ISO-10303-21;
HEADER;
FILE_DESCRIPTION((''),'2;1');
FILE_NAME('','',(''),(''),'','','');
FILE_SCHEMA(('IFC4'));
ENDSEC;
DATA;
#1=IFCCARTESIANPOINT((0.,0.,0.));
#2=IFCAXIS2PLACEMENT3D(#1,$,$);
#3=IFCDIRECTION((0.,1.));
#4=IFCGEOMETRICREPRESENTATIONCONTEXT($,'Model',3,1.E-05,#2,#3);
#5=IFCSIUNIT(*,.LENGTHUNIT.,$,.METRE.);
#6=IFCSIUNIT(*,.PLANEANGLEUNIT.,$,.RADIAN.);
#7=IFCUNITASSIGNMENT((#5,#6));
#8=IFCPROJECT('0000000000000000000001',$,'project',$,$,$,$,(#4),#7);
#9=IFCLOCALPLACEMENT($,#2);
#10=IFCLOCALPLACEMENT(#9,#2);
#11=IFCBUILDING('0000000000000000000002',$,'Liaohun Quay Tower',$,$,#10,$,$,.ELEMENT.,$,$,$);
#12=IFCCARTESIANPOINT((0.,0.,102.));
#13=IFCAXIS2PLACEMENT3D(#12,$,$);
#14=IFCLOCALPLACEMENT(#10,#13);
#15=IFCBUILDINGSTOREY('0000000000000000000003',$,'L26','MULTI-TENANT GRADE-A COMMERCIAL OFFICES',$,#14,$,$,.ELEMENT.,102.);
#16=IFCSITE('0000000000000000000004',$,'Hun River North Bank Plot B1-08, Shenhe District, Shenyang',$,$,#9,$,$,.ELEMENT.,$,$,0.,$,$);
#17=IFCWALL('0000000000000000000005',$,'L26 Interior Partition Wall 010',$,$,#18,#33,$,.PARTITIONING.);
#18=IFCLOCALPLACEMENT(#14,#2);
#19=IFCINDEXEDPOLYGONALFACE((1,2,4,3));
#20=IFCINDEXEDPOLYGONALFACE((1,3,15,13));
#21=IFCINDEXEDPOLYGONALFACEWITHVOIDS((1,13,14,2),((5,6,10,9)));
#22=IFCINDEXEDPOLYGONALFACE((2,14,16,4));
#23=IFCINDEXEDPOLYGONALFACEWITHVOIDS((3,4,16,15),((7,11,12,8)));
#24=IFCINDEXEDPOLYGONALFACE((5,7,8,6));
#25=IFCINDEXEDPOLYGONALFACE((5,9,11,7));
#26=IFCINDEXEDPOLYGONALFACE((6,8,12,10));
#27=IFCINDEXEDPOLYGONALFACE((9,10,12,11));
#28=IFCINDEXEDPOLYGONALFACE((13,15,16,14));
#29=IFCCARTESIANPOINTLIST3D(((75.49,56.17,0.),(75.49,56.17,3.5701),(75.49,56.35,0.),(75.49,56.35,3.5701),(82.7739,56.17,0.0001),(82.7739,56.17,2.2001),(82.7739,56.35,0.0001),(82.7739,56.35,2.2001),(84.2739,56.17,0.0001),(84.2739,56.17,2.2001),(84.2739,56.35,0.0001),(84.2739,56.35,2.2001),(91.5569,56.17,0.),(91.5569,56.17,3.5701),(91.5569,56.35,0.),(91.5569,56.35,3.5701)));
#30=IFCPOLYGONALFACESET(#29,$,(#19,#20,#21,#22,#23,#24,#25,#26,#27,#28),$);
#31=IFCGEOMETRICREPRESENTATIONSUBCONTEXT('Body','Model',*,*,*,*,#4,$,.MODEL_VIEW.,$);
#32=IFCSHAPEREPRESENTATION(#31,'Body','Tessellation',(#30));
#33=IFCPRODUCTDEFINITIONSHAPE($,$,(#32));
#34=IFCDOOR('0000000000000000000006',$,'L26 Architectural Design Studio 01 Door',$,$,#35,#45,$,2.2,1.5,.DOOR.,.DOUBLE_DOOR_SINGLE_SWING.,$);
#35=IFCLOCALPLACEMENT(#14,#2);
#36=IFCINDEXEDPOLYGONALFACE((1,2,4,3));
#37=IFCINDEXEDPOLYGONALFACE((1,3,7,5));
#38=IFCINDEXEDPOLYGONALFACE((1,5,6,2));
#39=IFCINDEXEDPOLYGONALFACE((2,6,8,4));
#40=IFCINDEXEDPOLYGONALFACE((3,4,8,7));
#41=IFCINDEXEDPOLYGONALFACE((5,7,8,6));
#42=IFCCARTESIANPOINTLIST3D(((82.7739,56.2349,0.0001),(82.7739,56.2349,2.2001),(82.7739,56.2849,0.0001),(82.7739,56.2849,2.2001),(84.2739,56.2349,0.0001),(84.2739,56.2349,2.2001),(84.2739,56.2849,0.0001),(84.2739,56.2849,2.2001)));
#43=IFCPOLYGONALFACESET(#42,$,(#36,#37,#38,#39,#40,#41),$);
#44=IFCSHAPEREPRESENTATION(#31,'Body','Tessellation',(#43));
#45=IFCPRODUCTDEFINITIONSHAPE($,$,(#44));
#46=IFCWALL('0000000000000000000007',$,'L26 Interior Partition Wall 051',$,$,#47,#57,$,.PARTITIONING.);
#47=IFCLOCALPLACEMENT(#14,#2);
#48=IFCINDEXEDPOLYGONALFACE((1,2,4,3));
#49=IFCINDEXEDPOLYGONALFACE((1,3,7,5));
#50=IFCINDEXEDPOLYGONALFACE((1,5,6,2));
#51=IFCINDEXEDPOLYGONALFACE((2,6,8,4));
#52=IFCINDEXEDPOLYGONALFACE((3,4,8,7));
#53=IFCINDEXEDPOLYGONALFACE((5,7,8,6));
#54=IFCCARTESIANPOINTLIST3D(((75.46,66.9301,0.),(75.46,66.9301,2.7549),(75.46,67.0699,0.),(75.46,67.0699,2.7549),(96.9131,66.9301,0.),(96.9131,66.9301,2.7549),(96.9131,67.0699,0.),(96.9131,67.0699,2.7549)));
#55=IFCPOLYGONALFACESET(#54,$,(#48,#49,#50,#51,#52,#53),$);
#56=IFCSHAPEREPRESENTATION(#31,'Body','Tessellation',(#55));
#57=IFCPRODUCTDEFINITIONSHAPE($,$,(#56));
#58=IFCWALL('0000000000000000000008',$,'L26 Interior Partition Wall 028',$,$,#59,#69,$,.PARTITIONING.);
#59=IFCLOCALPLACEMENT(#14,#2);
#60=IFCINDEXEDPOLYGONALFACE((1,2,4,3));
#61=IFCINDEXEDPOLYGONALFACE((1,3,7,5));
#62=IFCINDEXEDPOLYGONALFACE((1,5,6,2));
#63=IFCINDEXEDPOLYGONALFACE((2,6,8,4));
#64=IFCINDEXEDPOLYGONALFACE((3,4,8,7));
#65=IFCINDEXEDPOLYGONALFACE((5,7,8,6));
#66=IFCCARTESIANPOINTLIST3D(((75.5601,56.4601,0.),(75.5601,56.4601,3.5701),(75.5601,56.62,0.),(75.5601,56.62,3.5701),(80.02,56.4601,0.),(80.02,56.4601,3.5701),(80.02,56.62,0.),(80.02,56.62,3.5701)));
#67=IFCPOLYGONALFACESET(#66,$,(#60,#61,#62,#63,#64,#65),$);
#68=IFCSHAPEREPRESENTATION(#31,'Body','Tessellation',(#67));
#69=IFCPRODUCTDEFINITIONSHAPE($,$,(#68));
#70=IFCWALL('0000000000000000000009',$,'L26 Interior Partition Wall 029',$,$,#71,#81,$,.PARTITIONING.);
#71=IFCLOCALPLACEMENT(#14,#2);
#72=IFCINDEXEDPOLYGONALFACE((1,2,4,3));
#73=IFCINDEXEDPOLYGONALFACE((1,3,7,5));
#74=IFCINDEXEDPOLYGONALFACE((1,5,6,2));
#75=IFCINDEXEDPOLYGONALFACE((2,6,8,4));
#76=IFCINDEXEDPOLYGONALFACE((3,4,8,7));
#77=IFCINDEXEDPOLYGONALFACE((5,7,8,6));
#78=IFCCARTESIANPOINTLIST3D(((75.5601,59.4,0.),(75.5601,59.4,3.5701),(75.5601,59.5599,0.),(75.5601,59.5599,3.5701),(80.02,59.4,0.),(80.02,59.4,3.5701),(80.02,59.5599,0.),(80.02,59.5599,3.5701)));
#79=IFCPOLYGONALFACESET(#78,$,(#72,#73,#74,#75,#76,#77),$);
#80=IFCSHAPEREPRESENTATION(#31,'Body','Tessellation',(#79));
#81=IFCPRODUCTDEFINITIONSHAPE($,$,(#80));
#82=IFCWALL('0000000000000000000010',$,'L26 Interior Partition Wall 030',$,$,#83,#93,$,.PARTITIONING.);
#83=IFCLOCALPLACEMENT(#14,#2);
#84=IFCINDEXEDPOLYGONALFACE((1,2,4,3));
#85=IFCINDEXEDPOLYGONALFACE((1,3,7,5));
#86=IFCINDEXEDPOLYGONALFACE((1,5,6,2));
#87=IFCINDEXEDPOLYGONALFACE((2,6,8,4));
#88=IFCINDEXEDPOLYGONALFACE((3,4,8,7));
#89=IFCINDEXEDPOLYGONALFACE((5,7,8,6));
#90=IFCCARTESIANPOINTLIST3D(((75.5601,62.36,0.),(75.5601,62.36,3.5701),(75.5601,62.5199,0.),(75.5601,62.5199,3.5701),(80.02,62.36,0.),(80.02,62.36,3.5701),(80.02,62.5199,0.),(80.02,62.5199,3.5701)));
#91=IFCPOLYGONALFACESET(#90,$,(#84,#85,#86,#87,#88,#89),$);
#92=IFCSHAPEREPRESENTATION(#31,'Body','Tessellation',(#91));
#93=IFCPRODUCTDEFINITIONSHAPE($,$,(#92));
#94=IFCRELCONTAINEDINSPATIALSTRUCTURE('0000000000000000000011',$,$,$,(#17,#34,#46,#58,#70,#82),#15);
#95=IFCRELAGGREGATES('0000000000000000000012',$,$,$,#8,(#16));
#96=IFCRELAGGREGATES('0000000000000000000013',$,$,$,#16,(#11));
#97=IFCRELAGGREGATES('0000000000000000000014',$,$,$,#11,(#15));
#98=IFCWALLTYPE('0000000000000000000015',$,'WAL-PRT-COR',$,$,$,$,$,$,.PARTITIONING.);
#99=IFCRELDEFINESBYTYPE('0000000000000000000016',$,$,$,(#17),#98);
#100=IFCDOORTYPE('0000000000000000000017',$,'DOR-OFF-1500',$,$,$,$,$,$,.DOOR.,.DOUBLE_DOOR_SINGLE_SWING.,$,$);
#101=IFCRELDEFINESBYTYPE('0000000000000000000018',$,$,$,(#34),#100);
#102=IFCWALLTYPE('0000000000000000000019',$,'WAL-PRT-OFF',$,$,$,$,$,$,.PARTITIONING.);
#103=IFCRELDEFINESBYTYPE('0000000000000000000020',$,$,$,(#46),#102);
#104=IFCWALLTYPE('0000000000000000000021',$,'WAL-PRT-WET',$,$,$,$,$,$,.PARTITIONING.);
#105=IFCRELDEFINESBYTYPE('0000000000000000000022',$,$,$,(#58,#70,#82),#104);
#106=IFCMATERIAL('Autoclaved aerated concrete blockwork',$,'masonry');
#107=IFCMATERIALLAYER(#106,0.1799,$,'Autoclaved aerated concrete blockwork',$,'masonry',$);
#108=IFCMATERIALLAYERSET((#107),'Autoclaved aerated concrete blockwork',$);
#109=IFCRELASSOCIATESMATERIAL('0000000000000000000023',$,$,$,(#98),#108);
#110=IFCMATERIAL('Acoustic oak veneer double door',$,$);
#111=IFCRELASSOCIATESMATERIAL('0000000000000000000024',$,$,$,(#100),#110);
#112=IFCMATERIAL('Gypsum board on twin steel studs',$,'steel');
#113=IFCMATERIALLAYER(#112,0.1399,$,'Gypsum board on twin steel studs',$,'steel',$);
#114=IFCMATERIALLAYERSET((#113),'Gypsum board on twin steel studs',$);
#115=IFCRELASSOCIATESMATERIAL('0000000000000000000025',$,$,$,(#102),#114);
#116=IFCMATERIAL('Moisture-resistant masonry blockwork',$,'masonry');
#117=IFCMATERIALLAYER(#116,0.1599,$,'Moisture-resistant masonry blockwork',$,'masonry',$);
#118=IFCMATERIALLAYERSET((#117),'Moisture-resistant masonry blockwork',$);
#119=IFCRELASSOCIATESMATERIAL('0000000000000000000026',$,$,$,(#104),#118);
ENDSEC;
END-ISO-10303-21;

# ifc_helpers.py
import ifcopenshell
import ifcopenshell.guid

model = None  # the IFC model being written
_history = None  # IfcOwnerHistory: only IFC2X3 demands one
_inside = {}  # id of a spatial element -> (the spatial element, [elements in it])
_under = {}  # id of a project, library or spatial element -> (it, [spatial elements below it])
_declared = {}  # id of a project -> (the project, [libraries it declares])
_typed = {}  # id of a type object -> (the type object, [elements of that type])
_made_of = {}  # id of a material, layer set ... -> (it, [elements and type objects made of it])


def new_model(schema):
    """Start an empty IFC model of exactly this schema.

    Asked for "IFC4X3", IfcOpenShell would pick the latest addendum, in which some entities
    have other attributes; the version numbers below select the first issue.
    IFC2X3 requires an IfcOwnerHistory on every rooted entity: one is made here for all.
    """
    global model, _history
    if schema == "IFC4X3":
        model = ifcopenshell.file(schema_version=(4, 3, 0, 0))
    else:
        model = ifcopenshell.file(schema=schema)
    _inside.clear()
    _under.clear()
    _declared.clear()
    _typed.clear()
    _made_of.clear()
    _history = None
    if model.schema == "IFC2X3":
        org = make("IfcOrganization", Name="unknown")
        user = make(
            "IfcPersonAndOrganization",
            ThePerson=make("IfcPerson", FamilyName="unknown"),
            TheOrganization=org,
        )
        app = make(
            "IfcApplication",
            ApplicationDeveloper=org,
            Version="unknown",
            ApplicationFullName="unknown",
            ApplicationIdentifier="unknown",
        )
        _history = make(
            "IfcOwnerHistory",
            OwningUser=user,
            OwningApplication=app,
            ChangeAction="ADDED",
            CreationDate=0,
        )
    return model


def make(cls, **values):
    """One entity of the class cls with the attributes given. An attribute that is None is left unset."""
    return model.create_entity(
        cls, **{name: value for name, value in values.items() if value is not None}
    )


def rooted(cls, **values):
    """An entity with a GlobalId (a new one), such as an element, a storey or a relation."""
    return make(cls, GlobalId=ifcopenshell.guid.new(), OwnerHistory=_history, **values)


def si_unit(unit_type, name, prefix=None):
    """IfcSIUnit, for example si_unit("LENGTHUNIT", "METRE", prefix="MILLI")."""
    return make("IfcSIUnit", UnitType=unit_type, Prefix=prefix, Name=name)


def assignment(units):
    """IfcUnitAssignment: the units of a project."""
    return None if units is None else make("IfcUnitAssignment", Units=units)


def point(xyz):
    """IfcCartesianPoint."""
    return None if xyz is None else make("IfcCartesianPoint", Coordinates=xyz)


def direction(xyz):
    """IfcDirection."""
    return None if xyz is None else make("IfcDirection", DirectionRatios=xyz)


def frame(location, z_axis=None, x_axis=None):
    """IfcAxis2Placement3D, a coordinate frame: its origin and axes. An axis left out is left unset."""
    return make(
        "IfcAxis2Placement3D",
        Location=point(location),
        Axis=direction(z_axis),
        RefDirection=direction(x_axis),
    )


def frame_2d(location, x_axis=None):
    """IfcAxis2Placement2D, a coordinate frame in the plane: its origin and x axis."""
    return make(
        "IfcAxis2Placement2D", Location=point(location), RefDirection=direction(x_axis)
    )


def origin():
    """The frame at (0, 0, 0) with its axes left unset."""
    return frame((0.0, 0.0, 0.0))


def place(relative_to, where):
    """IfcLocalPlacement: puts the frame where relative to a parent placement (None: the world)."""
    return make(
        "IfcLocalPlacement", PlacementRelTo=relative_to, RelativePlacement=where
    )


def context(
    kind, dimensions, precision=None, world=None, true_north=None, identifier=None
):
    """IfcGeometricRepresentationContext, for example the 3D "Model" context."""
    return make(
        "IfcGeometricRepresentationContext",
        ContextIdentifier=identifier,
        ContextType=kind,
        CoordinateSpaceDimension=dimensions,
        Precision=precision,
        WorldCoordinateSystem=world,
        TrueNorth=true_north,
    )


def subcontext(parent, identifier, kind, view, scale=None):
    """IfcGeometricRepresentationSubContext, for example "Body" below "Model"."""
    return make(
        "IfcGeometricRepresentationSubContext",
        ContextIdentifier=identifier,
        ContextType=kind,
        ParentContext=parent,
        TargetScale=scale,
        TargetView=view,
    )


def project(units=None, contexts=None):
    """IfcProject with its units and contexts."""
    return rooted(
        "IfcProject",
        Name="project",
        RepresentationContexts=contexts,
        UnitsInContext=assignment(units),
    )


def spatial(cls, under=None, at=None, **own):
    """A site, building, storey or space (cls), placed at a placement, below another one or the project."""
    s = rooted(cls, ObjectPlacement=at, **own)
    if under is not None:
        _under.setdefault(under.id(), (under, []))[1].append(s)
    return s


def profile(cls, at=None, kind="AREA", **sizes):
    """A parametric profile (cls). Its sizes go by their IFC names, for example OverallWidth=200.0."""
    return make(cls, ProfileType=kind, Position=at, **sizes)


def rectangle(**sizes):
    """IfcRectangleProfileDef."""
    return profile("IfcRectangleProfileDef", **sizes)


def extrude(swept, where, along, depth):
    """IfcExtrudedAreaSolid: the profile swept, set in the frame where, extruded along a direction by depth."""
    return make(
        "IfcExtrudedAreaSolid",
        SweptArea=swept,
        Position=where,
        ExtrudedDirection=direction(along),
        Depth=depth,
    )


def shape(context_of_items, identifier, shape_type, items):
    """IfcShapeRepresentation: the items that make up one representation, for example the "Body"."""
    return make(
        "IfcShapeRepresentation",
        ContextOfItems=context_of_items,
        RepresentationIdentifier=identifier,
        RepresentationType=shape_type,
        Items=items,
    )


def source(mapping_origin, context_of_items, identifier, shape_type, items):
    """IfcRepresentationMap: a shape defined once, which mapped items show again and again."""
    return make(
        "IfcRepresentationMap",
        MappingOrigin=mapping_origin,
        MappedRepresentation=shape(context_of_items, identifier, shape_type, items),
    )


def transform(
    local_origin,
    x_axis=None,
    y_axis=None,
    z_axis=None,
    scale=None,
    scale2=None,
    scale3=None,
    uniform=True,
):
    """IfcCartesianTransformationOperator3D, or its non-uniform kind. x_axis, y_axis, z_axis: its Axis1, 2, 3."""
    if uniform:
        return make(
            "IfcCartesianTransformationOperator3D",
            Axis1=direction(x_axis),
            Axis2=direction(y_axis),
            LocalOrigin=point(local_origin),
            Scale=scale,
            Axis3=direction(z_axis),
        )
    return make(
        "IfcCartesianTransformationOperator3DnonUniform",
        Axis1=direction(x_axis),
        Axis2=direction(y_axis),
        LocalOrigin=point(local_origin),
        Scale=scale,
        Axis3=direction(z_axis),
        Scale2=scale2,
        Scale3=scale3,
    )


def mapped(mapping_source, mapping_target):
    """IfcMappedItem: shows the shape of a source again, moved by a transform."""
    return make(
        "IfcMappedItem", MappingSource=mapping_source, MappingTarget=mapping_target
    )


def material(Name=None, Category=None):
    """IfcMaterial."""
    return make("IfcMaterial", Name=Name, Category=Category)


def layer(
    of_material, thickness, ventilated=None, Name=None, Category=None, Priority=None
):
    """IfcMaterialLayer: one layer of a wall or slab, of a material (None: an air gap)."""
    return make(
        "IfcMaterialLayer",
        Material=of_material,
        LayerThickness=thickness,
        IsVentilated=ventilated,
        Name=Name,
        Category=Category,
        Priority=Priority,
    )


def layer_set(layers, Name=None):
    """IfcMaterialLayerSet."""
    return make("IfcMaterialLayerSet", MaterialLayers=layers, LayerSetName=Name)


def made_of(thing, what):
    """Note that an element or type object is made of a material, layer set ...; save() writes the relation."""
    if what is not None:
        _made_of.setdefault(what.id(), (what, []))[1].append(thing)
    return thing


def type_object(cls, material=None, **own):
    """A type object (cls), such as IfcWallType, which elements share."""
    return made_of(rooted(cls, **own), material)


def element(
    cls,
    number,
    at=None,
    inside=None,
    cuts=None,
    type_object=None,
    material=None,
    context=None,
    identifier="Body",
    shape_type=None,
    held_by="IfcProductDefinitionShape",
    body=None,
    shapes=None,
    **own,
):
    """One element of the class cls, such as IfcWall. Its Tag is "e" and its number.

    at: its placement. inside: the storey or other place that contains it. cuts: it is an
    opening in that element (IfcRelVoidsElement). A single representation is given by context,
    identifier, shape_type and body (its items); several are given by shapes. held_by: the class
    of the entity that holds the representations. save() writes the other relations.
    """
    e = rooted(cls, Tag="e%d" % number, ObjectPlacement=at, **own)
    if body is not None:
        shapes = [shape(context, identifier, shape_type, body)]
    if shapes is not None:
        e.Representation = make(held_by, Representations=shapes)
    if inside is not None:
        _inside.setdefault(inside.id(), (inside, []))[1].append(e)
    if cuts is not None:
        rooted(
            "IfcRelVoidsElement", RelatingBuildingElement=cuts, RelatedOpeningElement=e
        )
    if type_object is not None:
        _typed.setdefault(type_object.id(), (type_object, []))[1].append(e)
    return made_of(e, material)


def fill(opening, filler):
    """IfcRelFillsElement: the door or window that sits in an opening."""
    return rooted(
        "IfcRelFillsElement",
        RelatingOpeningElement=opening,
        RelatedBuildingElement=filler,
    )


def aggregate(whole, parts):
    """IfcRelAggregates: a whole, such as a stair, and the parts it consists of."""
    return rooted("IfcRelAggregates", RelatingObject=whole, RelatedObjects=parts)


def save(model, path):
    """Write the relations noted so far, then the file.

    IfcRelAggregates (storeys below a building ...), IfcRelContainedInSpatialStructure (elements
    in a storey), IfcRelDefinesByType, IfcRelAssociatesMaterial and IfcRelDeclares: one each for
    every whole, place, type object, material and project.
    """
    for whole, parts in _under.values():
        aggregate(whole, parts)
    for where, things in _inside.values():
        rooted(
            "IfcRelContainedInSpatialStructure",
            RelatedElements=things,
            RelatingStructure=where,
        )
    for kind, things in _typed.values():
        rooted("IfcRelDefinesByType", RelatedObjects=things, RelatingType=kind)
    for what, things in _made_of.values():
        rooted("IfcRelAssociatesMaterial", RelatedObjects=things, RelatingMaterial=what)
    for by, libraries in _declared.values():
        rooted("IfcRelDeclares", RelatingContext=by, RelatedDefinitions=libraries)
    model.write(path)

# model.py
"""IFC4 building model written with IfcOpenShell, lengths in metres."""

from ifc_helpers import new_model, si_unit, direction, frame, frame_2d, origin, place, context, subcontext, project, spatial, rectangle, extrude, source, transform, mapped, material, layer, layer_set, type_object, element, fill, save


model = new_model("IFC4")

# Units and contexts
model_context = context("Model", 3, precision=1e-05, world=origin(), true_north=direction((0.0, 1.0)))
body_context = subcontext(model_context, "Body", "Model", "MODEL_VIEW")
ifc_project = project(units=[si_unit("LENGTHUNIT", "METRE"), si_unit("PLANEANGLEUNIT", "RADIAN")], contexts=[model_context])

# Site, building, storey
site_placement = place(None, origin())
site = spatial("IfcSite", under=ifc_project, at=site_placement, Name="Hun River North Bank Plot B1-08, Shenhe District, Shenyang", CompositionType="ELEMENT", RefElevation=0.0)
building_placement = place(site_placement, origin())
building = spatial("IfcBuilding", under=site, at=building_placement, Name="Liaohun Quay Tower", CompositionType="ELEMENT")
storey_placement = place(building_placement, frame((0.0, 0.0, 102.0)))
storey = spatial("IfcBuildingStorey", under=building, at=storey_placement, Name="L26", Description="MULTI-TENANT GRADE-A COMMERCIAL OFFICES", CompositionType="ELEMENT", Elevation=102.0)

# Wall, opening, door
ifc_material_1 = material(Name="Autoclaved aerated concrete blockwork", Category="masonry")
ifc_layer_1 = layer(ifc_material_1, 0.1799, Name="Autoclaved aerated concrete blockwork", Category="masonry")
ifc_layer_set_1 = layer_set([ifc_layer_1], Name="Autoclaved aerated concrete blockwork")
wall_type_1 = type_object("IfcWallType", Name="WAL-PRT-COR", PredefinedType="PARTITIONING", material=ifc_layer_set_1)
wall_1_placement = place(storey_placement, frame((75.49, 56.26, 0.0), z_axis=(0.0, 0.0, 1.0), x_axis=(1.0, 0.0, 0.0)))
wall_1 = element("IfcWall", 1, at=wall_1_placement, inside=storey, type_object=wall_type_1, Name="L26 Interior Partition Wall 010", PredefinedType="PARTITIONING", context=body_context, shape_type="SweptSolid", body=[
    extrude(rectangle(XDim=16.0669, YDim=0.1799, at=frame_2d((8.0334, 0.0))), origin(), (0.0, 0.0, 1.0), 3.5701),
])
shared_shape_1 = source(origin(), body_context, "Body", "SweptSolid", [
    extrude(rectangle(XDim=1.5, YDim=2.2, at=frame_2d((0.75, 1.1001))), frame((0.0, 0.0999, 0.0), z_axis=(0.0, -1.0, 0.0), x_axis=(1.0, 0.0, 0.0)), (0.0, 0.0, 1.0), 0.2),
])
opening_1_placement = place(wall_1_placement, frame((7.2839, 0.0, 0.0)))
opening_1 = element("IfcOpeningElement", 2, at=opening_1_placement, cuts=wall_1, PredefinedType="OPENING", context=body_context, shape_type="MappedRepresentation", body=[
    mapped(shared_shape_1, transform((0.0, 0.0, 0.0), x_axis=(1.0, 0.0, 0.0), y_axis=(0.0, 1.0, 0.0), z_axis=(0.0, 0.0, 1.0), scale=1.0)),
])
ifc_material_2 = material(Name="Acoustic oak veneer double door")
door_type_1 = type_object("IfcDoorType", Name="DOR-OFF-1500", OperationType="DOUBLE_DOOR_SINGLE_SWING", PredefinedType="DOOR", material=ifc_material_2)
shared_shape_2 = source(origin(), body_context, "Body", "SweptSolid", [
    extrude(rectangle(XDim=1.5, YDim=2.2, at=frame_2d((0.75, 1.1001))), frame((0.0, 0.0249, 0.0), z_axis=(0.0, -1.0, 0.0), x_axis=(1.0, 0.0, 0.0)), (0.0, 0.0, 1.0), 0.05),
])
door_1_placement = place(opening_1_placement, origin())
door_1 = element("IfcDoor", 3, at=door_1_placement, inside=storey, type_object=door_type_1, Name="L26 Architectural Design Studio 01 Door", OperationType="DOUBLE_DOOR_SINGLE_SWING", OverallHeight=2.2, OverallWidth=1.5, PredefinedType="DOOR", context=body_context, shape_type="MappedRepresentation", body=[
    mapped(shared_shape_2, transform((0.0, 0.0, 0.0), x_axis=(1.0, 0.0, 0.0), y_axis=(0.0, 1.0, 0.0), z_axis=(0.0, 0.0, 1.0), scale=1.0)),
])
fill(opening_1, door_1)

# Wall
ifc_material_3 = material(Name="Gypsum board on twin steel studs", Category="steel")
ifc_layer_2 = layer(ifc_material_3, 0.1399, Name="Gypsum board on twin steel studs", Category="steel")
ifc_layer_set_2 = layer_set([ifc_layer_2], Name="Gypsum board on twin steel studs")
wall_type_2 = type_object("IfcWallType", Name="WAL-PRT-OFF", PredefinedType="PARTITIONING", material=ifc_layer_set_2)
wall_2_placement = place(storey_placement, frame((75.46, 67.0, 0.0), z_axis=(0.0, 0.0, 1.0), x_axis=(1.0, 0.0, 0.0)))
element("IfcWall", 4, at=wall_2_placement, inside=storey, type_object=wall_type_2, Name="L26 Interior Partition Wall 051", PredefinedType="PARTITIONING", context=body_context, shape_type="SweptSolid", body=[
    extrude(rectangle(XDim=21.4531, YDim=0.1399, at=frame_2d((10.7266, 0.0))), origin(), (0.0, 0.0, 1.0), 2.7549),
])

# Shared definitions
ifc_material_4 = material(Name="Moisture-resistant masonry blockwork", Category="masonry")
ifc_layer_3 = layer(ifc_material_4, 0.1599, Name="Moisture-resistant masonry blockwork", Category="masonry")
ifc_layer_set_3 = layer_set([ifc_layer_3], Name="Moisture-resistant masonry blockwork")
wall_type_3 = type_object("IfcWallType", Name="WAL-PRT-WET", PredefinedType="PARTITIONING", material=ifc_layer_set_3)

# Walls
for number, where, z_axis, x_axis, name in (
    (5, (75.5601, 56.54, 0.0), (0.0, 0.0, 1.0), (1.0, 0.0, 0.0), "L26 Interior Partition Wall 028"),
    (6, (75.5601, 59.48, 0.0), (0.0, 0.0, 1.0), (1.0, 0.0, 0.0), "L26 Interior Partition Wall 029"),
    (7, (75.5601, 62.4399, 0.0), (0.0, 0.0, 1.0), (1.0, 0.0, 0.0), "L26 Interior Partition Wall 030"),
):
    element("IfcWall", number, at=place(storey_placement, frame(where, z_axis=z_axis, x_axis=x_axis)), inside=storey, type_object=wall_type_3, Name=name, PredefinedType="PARTITIONING", context=body_context, shape_type="SweptSolid", body=[
        extrude(rectangle(XDim=4.46, YDim=0.1599, at=frame_2d((2.23, 0.0))), origin(), (0.0, 0.0, 1.0), 3.5701),
    ])

save(model, "model.ifc")
